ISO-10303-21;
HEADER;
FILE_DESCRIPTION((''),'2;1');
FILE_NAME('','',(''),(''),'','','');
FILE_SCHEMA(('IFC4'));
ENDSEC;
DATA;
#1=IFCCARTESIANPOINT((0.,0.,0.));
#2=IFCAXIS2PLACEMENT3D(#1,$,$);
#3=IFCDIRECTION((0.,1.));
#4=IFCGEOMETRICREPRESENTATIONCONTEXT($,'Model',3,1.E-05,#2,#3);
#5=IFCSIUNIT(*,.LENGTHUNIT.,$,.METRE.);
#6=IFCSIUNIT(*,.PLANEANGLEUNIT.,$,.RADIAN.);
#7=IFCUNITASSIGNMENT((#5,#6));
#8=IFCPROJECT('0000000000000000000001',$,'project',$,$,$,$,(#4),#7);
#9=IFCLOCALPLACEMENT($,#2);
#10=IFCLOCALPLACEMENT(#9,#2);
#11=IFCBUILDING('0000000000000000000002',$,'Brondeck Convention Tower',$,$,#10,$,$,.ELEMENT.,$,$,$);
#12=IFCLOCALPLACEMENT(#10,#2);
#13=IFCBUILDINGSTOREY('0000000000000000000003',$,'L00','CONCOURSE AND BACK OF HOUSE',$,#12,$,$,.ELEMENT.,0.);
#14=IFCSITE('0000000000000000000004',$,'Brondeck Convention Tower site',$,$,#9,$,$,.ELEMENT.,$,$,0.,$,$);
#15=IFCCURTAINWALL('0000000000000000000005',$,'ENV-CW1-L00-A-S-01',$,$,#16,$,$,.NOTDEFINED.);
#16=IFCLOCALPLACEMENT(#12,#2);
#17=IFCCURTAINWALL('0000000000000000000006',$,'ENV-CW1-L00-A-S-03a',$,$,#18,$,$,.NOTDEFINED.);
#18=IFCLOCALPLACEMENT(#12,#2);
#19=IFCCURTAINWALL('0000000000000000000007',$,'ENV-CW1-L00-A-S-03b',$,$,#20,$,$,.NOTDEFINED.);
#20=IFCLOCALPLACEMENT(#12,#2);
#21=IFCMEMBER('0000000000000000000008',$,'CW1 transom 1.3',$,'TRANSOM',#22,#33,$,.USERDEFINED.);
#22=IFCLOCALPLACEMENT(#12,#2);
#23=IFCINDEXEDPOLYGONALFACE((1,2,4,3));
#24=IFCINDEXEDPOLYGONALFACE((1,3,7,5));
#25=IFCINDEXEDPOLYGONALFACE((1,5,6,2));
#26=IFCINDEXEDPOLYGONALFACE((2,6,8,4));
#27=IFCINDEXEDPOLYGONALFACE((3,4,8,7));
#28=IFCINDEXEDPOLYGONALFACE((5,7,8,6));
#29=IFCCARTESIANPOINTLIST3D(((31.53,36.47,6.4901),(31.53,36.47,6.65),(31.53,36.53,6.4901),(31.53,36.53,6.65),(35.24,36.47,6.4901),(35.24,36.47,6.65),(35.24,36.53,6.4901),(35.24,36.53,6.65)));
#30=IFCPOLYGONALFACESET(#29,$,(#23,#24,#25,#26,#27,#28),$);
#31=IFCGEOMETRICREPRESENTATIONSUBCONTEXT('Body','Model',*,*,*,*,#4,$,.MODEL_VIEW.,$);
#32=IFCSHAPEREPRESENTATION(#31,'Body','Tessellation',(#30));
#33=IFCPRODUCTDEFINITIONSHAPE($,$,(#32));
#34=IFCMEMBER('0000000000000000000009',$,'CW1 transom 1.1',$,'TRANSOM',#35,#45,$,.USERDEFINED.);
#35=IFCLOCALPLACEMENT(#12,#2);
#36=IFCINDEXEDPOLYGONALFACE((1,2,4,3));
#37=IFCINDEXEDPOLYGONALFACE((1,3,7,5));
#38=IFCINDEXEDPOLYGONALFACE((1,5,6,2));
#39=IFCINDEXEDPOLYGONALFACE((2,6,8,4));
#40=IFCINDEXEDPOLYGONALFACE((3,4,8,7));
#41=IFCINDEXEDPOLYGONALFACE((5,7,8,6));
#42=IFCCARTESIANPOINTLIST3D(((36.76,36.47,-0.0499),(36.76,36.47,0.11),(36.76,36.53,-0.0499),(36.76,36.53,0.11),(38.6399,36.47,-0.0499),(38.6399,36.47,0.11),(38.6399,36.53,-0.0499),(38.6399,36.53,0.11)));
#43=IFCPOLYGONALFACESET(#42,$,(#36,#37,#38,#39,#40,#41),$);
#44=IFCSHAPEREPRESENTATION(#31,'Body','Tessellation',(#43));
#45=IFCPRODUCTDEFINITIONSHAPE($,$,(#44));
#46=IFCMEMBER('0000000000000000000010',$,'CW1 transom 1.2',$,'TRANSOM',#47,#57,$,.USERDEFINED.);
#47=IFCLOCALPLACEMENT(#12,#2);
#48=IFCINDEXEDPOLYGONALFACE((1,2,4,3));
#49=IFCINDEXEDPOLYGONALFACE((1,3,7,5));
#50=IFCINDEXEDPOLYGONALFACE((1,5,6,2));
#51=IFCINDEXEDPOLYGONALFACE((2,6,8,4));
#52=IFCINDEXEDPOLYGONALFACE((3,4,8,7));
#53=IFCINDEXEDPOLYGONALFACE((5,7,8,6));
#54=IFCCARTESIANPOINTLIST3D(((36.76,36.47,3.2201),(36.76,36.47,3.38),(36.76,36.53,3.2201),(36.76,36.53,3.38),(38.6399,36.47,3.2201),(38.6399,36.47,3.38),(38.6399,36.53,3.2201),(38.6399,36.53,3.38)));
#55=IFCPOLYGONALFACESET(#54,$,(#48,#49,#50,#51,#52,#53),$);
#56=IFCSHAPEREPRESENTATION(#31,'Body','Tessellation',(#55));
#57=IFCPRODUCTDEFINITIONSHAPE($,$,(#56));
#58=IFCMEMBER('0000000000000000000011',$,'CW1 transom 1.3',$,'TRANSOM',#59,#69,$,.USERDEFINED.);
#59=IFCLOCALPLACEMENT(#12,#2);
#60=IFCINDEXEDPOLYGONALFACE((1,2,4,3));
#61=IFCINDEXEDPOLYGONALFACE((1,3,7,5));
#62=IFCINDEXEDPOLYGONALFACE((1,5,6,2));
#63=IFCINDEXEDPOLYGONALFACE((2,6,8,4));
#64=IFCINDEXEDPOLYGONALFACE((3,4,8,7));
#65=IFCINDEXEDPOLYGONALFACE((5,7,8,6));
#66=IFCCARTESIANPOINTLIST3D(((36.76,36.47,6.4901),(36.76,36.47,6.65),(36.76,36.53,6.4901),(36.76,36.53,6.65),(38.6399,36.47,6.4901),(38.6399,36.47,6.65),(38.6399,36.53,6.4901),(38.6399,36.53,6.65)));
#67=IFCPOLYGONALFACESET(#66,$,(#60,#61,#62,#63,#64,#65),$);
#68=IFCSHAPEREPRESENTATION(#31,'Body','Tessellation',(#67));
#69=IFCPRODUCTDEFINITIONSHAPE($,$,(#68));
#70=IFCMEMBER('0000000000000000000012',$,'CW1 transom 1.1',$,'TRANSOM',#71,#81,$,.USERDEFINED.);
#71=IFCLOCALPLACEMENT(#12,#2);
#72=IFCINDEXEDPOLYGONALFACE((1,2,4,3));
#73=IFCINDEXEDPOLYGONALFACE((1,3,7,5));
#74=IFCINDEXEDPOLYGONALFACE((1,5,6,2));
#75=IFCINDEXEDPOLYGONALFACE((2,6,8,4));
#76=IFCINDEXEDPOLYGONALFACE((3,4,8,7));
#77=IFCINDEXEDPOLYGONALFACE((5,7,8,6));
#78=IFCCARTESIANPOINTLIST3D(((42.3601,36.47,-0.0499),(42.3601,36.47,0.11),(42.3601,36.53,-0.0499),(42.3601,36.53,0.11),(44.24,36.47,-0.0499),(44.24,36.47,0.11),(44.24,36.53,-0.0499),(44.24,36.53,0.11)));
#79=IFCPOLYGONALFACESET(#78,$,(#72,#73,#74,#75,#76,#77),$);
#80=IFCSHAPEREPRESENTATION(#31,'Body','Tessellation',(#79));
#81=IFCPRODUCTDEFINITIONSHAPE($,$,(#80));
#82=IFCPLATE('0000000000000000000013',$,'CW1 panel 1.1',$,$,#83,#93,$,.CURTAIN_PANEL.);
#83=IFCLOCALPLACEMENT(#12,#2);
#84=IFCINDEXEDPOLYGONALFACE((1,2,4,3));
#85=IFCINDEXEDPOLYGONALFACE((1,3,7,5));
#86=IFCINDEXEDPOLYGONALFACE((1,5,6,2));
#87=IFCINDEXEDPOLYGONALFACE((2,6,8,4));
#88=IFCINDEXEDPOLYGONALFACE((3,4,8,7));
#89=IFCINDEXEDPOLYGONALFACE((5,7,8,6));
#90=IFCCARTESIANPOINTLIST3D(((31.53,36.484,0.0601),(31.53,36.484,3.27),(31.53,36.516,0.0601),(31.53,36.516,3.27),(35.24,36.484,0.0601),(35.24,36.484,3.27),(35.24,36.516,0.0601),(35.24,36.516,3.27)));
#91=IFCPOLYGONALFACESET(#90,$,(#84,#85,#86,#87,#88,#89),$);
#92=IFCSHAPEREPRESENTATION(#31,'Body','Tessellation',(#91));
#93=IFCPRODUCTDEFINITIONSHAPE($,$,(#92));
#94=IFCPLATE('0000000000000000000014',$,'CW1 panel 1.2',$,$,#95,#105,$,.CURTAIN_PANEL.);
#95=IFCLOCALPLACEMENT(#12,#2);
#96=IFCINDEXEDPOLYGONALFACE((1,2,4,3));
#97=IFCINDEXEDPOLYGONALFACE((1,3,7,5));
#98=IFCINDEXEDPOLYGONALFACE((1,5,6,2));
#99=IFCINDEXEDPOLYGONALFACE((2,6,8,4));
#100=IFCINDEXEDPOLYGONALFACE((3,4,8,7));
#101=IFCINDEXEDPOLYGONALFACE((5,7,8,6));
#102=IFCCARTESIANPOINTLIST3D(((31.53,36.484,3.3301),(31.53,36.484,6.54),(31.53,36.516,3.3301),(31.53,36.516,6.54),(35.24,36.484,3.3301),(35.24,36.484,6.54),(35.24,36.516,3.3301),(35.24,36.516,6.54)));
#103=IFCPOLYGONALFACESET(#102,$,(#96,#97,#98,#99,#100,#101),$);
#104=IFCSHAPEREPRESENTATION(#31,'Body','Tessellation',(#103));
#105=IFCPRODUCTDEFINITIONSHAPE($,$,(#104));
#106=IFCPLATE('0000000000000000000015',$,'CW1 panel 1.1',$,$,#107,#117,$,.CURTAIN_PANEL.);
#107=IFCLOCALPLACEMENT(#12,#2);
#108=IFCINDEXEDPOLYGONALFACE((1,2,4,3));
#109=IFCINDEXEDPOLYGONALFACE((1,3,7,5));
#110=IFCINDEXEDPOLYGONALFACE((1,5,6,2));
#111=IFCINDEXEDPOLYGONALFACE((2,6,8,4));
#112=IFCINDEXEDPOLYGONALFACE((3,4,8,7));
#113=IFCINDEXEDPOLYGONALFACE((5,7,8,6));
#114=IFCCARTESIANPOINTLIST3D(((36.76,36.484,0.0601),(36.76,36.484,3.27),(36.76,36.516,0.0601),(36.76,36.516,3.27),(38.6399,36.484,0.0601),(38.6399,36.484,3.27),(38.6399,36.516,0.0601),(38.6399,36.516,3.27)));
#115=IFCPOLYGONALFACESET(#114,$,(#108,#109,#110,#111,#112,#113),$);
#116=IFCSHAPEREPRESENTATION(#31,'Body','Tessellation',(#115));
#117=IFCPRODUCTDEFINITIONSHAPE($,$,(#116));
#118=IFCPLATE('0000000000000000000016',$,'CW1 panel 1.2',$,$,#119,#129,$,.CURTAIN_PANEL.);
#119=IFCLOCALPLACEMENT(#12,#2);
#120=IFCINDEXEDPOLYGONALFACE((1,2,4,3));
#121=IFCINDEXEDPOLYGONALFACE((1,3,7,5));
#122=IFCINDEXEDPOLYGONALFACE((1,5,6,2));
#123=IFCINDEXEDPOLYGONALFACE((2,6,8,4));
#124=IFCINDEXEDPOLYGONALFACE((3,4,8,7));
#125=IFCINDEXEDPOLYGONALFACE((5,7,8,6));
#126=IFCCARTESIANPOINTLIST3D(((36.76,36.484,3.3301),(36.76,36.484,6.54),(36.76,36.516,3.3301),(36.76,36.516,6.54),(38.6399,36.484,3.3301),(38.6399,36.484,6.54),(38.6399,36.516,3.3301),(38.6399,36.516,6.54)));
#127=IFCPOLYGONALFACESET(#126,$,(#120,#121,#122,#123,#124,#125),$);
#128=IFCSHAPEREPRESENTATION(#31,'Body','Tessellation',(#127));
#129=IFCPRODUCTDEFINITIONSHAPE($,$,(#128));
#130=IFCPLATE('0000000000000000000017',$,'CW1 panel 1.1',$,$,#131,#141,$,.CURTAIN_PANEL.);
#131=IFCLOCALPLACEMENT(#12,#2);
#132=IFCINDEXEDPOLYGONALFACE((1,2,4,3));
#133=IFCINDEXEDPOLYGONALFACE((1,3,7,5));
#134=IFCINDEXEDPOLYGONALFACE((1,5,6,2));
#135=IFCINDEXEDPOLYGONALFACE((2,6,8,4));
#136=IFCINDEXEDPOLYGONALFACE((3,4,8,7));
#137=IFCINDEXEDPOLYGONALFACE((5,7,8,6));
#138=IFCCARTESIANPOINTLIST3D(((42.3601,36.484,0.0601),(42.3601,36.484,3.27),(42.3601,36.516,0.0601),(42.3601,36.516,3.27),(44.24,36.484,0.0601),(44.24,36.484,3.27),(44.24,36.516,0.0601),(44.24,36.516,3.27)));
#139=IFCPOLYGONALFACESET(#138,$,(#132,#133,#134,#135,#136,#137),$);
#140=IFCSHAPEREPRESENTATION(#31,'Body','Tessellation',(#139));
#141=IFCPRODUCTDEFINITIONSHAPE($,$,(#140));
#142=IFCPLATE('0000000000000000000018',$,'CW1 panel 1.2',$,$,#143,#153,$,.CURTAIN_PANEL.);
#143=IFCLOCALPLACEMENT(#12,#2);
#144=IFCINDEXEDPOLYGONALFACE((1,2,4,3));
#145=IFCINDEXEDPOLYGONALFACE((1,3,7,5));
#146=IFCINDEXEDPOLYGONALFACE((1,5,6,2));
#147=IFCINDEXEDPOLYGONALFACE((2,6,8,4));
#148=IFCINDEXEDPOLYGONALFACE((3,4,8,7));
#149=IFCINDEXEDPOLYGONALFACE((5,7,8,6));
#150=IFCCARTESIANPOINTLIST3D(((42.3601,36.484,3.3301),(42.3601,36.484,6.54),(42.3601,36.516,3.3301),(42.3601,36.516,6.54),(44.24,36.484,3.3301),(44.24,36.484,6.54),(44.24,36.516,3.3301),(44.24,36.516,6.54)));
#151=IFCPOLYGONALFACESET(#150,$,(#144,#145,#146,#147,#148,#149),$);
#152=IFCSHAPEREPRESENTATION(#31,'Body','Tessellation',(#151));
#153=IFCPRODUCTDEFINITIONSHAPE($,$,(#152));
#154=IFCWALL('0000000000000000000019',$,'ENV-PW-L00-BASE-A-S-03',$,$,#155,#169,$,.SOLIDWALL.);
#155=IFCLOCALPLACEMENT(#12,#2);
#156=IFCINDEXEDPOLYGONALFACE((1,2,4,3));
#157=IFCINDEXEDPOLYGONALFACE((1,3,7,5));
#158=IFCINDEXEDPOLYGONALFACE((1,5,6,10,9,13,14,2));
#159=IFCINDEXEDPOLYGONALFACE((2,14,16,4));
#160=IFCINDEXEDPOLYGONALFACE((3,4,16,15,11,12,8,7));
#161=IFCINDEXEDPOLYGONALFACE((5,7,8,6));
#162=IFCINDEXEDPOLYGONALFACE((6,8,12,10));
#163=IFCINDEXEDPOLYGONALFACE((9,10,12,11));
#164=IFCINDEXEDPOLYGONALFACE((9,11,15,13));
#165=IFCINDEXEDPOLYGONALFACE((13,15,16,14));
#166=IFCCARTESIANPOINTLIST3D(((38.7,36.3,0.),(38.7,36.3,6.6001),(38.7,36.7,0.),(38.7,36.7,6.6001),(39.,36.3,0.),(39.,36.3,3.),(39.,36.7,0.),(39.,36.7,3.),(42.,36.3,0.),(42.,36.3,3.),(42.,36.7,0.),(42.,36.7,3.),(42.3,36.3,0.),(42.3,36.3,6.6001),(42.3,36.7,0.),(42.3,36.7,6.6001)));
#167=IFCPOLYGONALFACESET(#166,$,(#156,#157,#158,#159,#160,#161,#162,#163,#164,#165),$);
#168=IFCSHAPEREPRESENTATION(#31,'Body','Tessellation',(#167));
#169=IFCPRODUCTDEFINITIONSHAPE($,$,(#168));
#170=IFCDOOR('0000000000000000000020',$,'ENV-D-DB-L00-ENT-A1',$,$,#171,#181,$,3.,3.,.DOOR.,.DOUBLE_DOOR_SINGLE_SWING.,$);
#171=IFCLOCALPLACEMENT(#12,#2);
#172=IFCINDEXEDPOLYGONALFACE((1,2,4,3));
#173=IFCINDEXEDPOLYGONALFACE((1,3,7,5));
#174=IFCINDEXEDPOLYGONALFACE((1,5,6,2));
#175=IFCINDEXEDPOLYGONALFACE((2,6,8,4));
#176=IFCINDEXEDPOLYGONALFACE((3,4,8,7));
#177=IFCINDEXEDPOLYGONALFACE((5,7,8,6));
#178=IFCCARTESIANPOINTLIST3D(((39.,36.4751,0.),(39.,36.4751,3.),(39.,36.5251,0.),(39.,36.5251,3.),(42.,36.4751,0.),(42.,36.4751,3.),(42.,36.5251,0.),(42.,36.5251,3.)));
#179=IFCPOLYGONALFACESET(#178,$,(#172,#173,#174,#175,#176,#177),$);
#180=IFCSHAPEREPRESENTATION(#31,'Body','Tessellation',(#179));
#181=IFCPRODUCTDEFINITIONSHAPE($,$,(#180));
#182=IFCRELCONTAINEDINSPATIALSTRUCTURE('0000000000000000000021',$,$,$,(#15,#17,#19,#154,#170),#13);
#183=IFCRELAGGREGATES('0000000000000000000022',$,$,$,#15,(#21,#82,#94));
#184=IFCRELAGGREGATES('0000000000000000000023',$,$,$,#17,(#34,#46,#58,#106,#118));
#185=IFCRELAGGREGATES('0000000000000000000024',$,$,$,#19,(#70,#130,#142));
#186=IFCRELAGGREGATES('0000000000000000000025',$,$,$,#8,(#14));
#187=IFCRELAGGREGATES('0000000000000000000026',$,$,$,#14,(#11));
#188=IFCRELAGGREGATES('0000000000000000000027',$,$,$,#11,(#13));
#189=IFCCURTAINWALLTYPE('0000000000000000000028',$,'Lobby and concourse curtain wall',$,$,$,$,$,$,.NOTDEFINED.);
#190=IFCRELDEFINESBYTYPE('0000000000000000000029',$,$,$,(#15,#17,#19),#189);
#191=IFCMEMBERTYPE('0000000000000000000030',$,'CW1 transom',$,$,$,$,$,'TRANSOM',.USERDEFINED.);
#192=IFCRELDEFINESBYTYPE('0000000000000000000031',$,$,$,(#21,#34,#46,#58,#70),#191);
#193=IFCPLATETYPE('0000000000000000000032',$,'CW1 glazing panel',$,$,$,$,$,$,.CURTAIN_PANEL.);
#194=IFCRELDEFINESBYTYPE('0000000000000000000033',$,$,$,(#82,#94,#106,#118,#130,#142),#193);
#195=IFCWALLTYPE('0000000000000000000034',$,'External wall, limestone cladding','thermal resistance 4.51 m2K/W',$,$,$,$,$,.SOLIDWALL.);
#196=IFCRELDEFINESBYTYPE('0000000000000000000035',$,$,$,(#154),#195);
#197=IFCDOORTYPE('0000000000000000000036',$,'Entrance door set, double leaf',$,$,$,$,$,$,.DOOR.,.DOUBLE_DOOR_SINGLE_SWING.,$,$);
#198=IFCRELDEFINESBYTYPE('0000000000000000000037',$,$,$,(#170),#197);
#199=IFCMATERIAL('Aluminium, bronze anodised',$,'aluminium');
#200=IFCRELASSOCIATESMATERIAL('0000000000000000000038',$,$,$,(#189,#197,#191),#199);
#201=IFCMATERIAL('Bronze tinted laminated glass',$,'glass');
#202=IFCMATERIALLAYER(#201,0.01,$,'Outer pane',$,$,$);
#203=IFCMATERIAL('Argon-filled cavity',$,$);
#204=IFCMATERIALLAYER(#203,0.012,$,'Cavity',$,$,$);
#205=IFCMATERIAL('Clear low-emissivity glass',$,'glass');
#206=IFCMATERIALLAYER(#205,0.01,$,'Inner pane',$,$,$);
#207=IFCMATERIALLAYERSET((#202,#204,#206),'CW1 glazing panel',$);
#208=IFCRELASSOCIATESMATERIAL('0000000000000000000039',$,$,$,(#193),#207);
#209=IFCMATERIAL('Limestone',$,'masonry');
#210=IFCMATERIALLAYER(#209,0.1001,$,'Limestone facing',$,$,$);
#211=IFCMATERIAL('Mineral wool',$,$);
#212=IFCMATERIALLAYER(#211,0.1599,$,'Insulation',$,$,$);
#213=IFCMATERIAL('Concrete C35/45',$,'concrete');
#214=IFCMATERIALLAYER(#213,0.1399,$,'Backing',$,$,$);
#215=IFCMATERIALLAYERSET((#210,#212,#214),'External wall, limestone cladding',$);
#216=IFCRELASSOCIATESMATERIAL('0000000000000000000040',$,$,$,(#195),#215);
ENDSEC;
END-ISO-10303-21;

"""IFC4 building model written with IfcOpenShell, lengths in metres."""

from ifc_helpers import new_model, si_unit, direction, frame, frame_2d, origin, origin_2d, place, context, subcontext, project, spatial, rectangle, extrude, material, layer, layer_set, material_profile, profile_set, type_object, element, fill, aggregate, save


model = new_model("IFC4")

# Units and contexts
model_context = context("Model", 3, precision=1e-05, world=origin(), true_north=direction((0.0, 1.0)))
body_context = subcontext(model_context, "Body", "Model", "MODEL_VIEW")
ifc_project = project(units=[si_unit("LENGTHUNIT", "METRE"), si_unit("PLANEANGLEUNIT", "RADIAN")], contexts=[model_context])

# Site, building, storey
site_placement = place(None, origin())
site = spatial("IfcSite", under=ifc_project, at=site_placement, Name="Brondeck Convention Tower site", CompositionType="ELEMENT", RefElevation=0.0)
building_placement = place(site_placement, origin())
building = spatial("IfcBuilding", under=site, at=building_placement, Name="Brondeck Convention Tower", CompositionType="ELEMENT")
storey_placement = place(building_placement, origin())
storey = spatial("IfcBuildingStorey", under=building, at=storey_placement, Name="L00", Description="CONCOURSE AND BACK OF HOUSE", CompositionType="ELEMENT", Elevation=0.0)

# Curtain wall
ifc_material_1 = material(Name="Aluminium, bronze anodised", Category="aluminium")
curtain_wall_type = type_object("IfcCurtainWallType", Name="Lobby and concourse curtain wall", PredefinedType="NOTDEFINED", material=ifc_material_1)
curtain_wall_1_placement = place(storey_placement, origin())
curtain_wall_1 = element("IfcCurtainWall", 1, at=curtain_wall_1_placement, inside=storey, type_object=curtain_wall_type, Name="ENV-CW1-L00-A-S-01", PredefinedType="NOTDEFINED")

# Curtain wall
curtain_wall_2_placement = place(storey_placement, origin())
curtain_wall_2 = element("IfcCurtainWall", 2, at=curtain_wall_2_placement, inside=storey, type_object=curtain_wall_type, Name="ENV-CW1-L00-A-S-03a", PredefinedType="NOTDEFINED")

# Curtain wall
curtain_wall_3_placement = place(storey_placement, origin())
curtain_wall_3 = element("IfcCurtainWall", 3, at=curtain_wall_3_placement, inside=storey, type_object=curtain_wall_type, Name="ENV-CW1-L00-A-S-03b", PredefinedType="NOTDEFINED")

# Members
ifc_material_profile_1 = material_profile(ifc_material_1, rectangle(XDim=0.0601, YDim=0.1599, at=origin_2d()), Name="CW1 transom")
ifc_profile_set_1 = profile_set([ifc_material_profile_1], Name="Aluminium, bronze anodised")
member_type_1 = type_object("IfcMemberType", Name="CW1 transom", ElementType="TRANSOM", PredefinedType="USERDEFINED", material=ifc_profile_set_1)
member_1_placement = place(storey_placement, frame((35.24, 36.5, 6.5701), z_axis=(-1.0, 0.0, 0.0), x_axis=(0.0, -1.0, 0.0)))
member_1 = element("IfcMember", 4, at=member_1_placement, type_object=member_type_1, Name="CW1 transom 1.3", ObjectType="TRANSOM", PredefinedType="USERDEFINED", context=body_context, shape_type="SweptSolid", body=[
    extrude(rectangle(XDim=0.0601, YDim=0.1599, at=origin_2d()), origin(), (0.0, 0.0, 1.0), 3.71),
])
member_2_placement = place(storey_placement, frame((38.6399, 36.5, 0.03), z_axis=(-1.0, 0.0, 0.0), x_axis=(0.0, -1.0, 0.0)))
member_2 = element("IfcMember", 5, at=member_2_placement, type_object=member_type_1, Name="CW1 transom 1.1", ObjectType="TRANSOM", PredefinedType="USERDEFINED", context=body_context, shape_type="SweptSolid", body=[
    extrude(rectangle(XDim=0.0601, YDim=0.1599, at=origin_2d()), origin(), (0.0, 0.0, 1.0), 1.8799),
])
member_3_placement = place(storey_placement, frame((38.6399, 36.5, 3.3), z_axis=(-1.0, 0.0, 0.0), x_axis=(0.0, -1.0, 0.0)))
member_3 = element("IfcMember", 6, at=member_3_placement, type_object=member_type_1, Name="CW1 transom 1.2", ObjectType="TRANSOM", PredefinedType="USERDEFINED", context=body_context, shape_type="SweptSolid", body=[
    extrude(rectangle(XDim=0.0601, YDim=0.1599, at=origin_2d()), origin(), (0.0, 0.0, 1.0), 1.8799),
])
member_4_placement = place(storey_placement, frame((38.6399, 36.5, 6.5701), z_axis=(-1.0, 0.0, 0.0), x_axis=(0.0, -1.0, 0.0)))
member_4 = element("IfcMember", 7, at=member_4_placement, type_object=member_type_1, Name="CW1 transom 1.3", ObjectType="TRANSOM", PredefinedType="USERDEFINED", context=body_context, shape_type="SweptSolid", body=[
    extrude(rectangle(XDim=0.0601, YDim=0.1599, at=origin_2d()), origin(), (0.0, 0.0, 1.0), 1.8799),
])
member_5_placement = place(storey_placement, frame((44.24, 36.5, 0.03), z_axis=(-1.0, 0.0, 0.0), x_axis=(0.0, -1.0, 0.0)))
member_5 = element("IfcMember", 8, at=member_5_placement, type_object=member_type_1, Name="CW1 transom 1.1", ObjectType="TRANSOM", PredefinedType="USERDEFINED", context=body_context, shape_type="SweptSolid", body=[
    extrude(rectangle(XDim=0.0601, YDim=0.1599, at=origin_2d()), origin(), (0.0, 0.0, 1.0), 1.8799),
])

# Plates
ifc_material_2 = material(Name="Bronze tinted laminated glass", Category="glass")
ifc_layer_1 = layer(ifc_material_2, 0.01, Name="Outer pane")
ifc_material_3 = material(Name="Argon-filled cavity")
ifc_layer_2 = layer(ifc_material_3, 0.012, Name="Cavity")
ifc_material_4 = material(Name="Clear low-emissivity glass", Category="glass")
ifc_layer_3 = layer(ifc_material_4, 0.01, Name="Inner pane")
ifc_layer_set_1 = layer_set([ifc_layer_1, ifc_layer_2, ifc_layer_3], Name="CW1 glazing panel")
plate_type = type_object("IfcPlateType", Name="CW1 glazing panel", PredefinedType="CURTAIN_PANEL", material=ifc_layer_set_1)
plate_1_placement = place(storey_placement, frame((33.385, 36.5, 0.0601), z_axis=(0.0, 0.0, 1.0), x_axis=(-1.0, 0.0, 0.0)))
plate_1 = element("IfcPlate", 9, at=plate_1_placement, type_object=plate_type, Name="CW1 panel 1.1", PredefinedType="CURTAIN_PANEL", context=body_context, shape_type="SweptSolid", body=[
    extrude(rectangle(XDim=3.71, YDim=0.032, at=origin_2d()), origin(), (0.0, 0.0, 1.0), 3.21),
])
plate_2_placement = place(storey_placement, frame((33.385, 36.5, 3.3301), z_axis=(0.0, 0.0, 1.0), x_axis=(-1.0, 0.0, 0.0)))
plate_2 = element("IfcPlate", 10, at=plate_2_placement, type_object=plate_type, Name="CW1 panel 1.2", PredefinedType="CURTAIN_PANEL", context=body_context, shape_type="SweptSolid", body=[
    extrude(rectangle(XDim=3.71, YDim=0.032, at=origin_2d()), origin(), (0.0, 0.0, 1.0), 3.21),
])
aggregate(curtain_wall_1, [member_1, plate_1, plate_2])
plate_3_placement = place(storey_placement, frame((37.7, 36.5, 0.0601), z_axis=(0.0, 0.0, 1.0), x_axis=(-1.0, 0.0, 0.0)))
plate_3 = element("IfcPlate", 11, at=plate_3_placement, type_object=plate_type, Name="CW1 panel 1.1", PredefinedType="CURTAIN_PANEL", context=body_context, shape_type="SweptSolid", body=[
    extrude(rectangle(XDim=1.8799, YDim=0.032, at=origin_2d()), origin(), (0.0, 0.0, 1.0), 3.21),
])
plate_4_placement = place(storey_placement, frame((37.7, 36.5, 3.3301), z_axis=(0.0, 0.0, 1.0), x_axis=(-1.0, 0.0, 0.0)))
plate_4 = element("IfcPlate", 12, at=plate_4_placement, type_object=plate_type, Name="CW1 panel 1.2", PredefinedType="CURTAIN_PANEL", context=body_context, shape_type="SweptSolid", body=[
    extrude(rectangle(XDim=1.8799, YDim=0.032, at=origin_2d()), origin(), (0.0, 0.0, 1.0), 3.21),
])
aggregate(curtain_wall_2, [member_2, member_3, member_4, plate_3, plate_4])
plate_5_placement = place(storey_placement, frame((43.3, 36.5, 0.0601), z_axis=(0.0, 0.0, 1.0), x_axis=(-1.0, 0.0, 0.0)))
plate_5 = element("IfcPlate", 13, at=plate_5_placement, type_object=plate_type, Name="CW1 panel 1.1", PredefinedType="CURTAIN_PANEL", context=body_context, shape_type="SweptSolid", body=[
    extrude(rectangle(XDim=1.8799, YDim=0.032, at=origin_2d()), origin(), (0.0, 0.0, 1.0), 3.21),
])
plate_6_placement = place(storey_placement, frame((43.3, 36.5, 3.3301), z_axis=(0.0, 0.0, 1.0), x_axis=(-1.0, 0.0, 0.0)))
plate_6 = element("IfcPlate", 14, at=plate_6_placement, type_object=plate_type, Name="CW1 panel 1.2", PredefinedType="CURTAIN_PANEL", context=body_context, shape_type="SweptSolid", body=[
    extrude(rectangle(XDim=1.8799, YDim=0.032, at=origin_2d()), origin(), (0.0, 0.0, 1.0), 3.21),
])
aggregate(curtain_wall_3, [member_5, plate_5, plate_6])

# Wall, opening, door
ifc_material_5 = material(Name="Limestone", Category="masonry")
ifc_layer_4 = layer(ifc_material_5, 0.1001, Name="Limestone facing")
ifc_material_6 = material(Name="Mineral wool")
ifc_layer_5 = layer(ifc_material_6, 0.1599, Name="Insulation")
ifc_material_7 = material(Name="Concrete C35/45", Category="concrete")
ifc_layer_6 = layer(ifc_material_7, 0.1399, Name="Backing")
ifc_layer_set_2 = layer_set([ifc_layer_4, ifc_layer_5, ifc_layer_6], Name="External wall, limestone cladding")
wall_type_1 = type_object("IfcWallType", Name="External wall, limestone cladding", Description="thermal resistance 4.51 m2K/W", PredefinedType="SOLIDWALL", material=ifc_layer_set_2)
wall_placement = place(storey_placement, frame((42.3, 36.5, 0.0), z_axis=(0.0, 0.0, 1.0), x_axis=(-1.0, 0.0, 0.0)))
wall = element("IfcWall", 15, at=wall_placement, inside=storey, type_object=wall_type_1, Name="ENV-PW-L00-BASE-A-S-03", PredefinedType="SOLIDWALL", context=body_context, shape_type="SweptSolid", body=[
    extrude(rectangle(XDim=3.6001, YDim=0.3999, at=frame_2d((1.8, 0.0))), origin(), (0.0, 0.0, 1.0), 6.6001),
])
opening_placement = place(wall_placement, frame((0.3, 0.0, 0.0)))
opening = element("IfcOpeningElement", 16, at=opening_placement, cuts=wall, PredefinedType="OPENING", context=body_context, shape_type="SweptSolid", body=[
    extrude(rectangle(XDim=3.0, YDim=3.0, at=frame_2d((1.5, 1.5))), frame((0.0, 0.21, 0.0), z_axis=(0.0, -1.0, 0.0), x_axis=(1.0, 0.0, 0.0)), (0.0, 0.0, 1.0), 0.4199),
])
door_type = type_object("IfcDoorType", Name="Entrance door set, double leaf", OperationType="DOUBLE_DOOR_SINGLE_SWING", PredefinedType="DOOR", material=ifc_material_1)
door_placement = place(opening_placement, origin())
door = element("IfcDoor", 17, at=door_placement, inside=storey, type_object=door_type, Name="ENV-D-DB-L00-ENT-A1", OperationType="DOUBLE_DOOR_SINGLE_SWING", OverallHeight=3.0, OverallWidth=3.0, PredefinedType="DOOR", context=body_context, shape_type="SweptSolid", body=[
    extrude(rectangle(XDim=3.0, YDim=3.0, at=frame_2d((1.5, 1.5))), frame((0.0, 0.0249, 0.0), z_axis=(0.0, -1.0, 0.0), x_axis=(1.0, 0.0, 0.0)), (0.0, 0.0, 1.0), 0.05),
])
fill(opening, door)

save(model, "model.ifc")
